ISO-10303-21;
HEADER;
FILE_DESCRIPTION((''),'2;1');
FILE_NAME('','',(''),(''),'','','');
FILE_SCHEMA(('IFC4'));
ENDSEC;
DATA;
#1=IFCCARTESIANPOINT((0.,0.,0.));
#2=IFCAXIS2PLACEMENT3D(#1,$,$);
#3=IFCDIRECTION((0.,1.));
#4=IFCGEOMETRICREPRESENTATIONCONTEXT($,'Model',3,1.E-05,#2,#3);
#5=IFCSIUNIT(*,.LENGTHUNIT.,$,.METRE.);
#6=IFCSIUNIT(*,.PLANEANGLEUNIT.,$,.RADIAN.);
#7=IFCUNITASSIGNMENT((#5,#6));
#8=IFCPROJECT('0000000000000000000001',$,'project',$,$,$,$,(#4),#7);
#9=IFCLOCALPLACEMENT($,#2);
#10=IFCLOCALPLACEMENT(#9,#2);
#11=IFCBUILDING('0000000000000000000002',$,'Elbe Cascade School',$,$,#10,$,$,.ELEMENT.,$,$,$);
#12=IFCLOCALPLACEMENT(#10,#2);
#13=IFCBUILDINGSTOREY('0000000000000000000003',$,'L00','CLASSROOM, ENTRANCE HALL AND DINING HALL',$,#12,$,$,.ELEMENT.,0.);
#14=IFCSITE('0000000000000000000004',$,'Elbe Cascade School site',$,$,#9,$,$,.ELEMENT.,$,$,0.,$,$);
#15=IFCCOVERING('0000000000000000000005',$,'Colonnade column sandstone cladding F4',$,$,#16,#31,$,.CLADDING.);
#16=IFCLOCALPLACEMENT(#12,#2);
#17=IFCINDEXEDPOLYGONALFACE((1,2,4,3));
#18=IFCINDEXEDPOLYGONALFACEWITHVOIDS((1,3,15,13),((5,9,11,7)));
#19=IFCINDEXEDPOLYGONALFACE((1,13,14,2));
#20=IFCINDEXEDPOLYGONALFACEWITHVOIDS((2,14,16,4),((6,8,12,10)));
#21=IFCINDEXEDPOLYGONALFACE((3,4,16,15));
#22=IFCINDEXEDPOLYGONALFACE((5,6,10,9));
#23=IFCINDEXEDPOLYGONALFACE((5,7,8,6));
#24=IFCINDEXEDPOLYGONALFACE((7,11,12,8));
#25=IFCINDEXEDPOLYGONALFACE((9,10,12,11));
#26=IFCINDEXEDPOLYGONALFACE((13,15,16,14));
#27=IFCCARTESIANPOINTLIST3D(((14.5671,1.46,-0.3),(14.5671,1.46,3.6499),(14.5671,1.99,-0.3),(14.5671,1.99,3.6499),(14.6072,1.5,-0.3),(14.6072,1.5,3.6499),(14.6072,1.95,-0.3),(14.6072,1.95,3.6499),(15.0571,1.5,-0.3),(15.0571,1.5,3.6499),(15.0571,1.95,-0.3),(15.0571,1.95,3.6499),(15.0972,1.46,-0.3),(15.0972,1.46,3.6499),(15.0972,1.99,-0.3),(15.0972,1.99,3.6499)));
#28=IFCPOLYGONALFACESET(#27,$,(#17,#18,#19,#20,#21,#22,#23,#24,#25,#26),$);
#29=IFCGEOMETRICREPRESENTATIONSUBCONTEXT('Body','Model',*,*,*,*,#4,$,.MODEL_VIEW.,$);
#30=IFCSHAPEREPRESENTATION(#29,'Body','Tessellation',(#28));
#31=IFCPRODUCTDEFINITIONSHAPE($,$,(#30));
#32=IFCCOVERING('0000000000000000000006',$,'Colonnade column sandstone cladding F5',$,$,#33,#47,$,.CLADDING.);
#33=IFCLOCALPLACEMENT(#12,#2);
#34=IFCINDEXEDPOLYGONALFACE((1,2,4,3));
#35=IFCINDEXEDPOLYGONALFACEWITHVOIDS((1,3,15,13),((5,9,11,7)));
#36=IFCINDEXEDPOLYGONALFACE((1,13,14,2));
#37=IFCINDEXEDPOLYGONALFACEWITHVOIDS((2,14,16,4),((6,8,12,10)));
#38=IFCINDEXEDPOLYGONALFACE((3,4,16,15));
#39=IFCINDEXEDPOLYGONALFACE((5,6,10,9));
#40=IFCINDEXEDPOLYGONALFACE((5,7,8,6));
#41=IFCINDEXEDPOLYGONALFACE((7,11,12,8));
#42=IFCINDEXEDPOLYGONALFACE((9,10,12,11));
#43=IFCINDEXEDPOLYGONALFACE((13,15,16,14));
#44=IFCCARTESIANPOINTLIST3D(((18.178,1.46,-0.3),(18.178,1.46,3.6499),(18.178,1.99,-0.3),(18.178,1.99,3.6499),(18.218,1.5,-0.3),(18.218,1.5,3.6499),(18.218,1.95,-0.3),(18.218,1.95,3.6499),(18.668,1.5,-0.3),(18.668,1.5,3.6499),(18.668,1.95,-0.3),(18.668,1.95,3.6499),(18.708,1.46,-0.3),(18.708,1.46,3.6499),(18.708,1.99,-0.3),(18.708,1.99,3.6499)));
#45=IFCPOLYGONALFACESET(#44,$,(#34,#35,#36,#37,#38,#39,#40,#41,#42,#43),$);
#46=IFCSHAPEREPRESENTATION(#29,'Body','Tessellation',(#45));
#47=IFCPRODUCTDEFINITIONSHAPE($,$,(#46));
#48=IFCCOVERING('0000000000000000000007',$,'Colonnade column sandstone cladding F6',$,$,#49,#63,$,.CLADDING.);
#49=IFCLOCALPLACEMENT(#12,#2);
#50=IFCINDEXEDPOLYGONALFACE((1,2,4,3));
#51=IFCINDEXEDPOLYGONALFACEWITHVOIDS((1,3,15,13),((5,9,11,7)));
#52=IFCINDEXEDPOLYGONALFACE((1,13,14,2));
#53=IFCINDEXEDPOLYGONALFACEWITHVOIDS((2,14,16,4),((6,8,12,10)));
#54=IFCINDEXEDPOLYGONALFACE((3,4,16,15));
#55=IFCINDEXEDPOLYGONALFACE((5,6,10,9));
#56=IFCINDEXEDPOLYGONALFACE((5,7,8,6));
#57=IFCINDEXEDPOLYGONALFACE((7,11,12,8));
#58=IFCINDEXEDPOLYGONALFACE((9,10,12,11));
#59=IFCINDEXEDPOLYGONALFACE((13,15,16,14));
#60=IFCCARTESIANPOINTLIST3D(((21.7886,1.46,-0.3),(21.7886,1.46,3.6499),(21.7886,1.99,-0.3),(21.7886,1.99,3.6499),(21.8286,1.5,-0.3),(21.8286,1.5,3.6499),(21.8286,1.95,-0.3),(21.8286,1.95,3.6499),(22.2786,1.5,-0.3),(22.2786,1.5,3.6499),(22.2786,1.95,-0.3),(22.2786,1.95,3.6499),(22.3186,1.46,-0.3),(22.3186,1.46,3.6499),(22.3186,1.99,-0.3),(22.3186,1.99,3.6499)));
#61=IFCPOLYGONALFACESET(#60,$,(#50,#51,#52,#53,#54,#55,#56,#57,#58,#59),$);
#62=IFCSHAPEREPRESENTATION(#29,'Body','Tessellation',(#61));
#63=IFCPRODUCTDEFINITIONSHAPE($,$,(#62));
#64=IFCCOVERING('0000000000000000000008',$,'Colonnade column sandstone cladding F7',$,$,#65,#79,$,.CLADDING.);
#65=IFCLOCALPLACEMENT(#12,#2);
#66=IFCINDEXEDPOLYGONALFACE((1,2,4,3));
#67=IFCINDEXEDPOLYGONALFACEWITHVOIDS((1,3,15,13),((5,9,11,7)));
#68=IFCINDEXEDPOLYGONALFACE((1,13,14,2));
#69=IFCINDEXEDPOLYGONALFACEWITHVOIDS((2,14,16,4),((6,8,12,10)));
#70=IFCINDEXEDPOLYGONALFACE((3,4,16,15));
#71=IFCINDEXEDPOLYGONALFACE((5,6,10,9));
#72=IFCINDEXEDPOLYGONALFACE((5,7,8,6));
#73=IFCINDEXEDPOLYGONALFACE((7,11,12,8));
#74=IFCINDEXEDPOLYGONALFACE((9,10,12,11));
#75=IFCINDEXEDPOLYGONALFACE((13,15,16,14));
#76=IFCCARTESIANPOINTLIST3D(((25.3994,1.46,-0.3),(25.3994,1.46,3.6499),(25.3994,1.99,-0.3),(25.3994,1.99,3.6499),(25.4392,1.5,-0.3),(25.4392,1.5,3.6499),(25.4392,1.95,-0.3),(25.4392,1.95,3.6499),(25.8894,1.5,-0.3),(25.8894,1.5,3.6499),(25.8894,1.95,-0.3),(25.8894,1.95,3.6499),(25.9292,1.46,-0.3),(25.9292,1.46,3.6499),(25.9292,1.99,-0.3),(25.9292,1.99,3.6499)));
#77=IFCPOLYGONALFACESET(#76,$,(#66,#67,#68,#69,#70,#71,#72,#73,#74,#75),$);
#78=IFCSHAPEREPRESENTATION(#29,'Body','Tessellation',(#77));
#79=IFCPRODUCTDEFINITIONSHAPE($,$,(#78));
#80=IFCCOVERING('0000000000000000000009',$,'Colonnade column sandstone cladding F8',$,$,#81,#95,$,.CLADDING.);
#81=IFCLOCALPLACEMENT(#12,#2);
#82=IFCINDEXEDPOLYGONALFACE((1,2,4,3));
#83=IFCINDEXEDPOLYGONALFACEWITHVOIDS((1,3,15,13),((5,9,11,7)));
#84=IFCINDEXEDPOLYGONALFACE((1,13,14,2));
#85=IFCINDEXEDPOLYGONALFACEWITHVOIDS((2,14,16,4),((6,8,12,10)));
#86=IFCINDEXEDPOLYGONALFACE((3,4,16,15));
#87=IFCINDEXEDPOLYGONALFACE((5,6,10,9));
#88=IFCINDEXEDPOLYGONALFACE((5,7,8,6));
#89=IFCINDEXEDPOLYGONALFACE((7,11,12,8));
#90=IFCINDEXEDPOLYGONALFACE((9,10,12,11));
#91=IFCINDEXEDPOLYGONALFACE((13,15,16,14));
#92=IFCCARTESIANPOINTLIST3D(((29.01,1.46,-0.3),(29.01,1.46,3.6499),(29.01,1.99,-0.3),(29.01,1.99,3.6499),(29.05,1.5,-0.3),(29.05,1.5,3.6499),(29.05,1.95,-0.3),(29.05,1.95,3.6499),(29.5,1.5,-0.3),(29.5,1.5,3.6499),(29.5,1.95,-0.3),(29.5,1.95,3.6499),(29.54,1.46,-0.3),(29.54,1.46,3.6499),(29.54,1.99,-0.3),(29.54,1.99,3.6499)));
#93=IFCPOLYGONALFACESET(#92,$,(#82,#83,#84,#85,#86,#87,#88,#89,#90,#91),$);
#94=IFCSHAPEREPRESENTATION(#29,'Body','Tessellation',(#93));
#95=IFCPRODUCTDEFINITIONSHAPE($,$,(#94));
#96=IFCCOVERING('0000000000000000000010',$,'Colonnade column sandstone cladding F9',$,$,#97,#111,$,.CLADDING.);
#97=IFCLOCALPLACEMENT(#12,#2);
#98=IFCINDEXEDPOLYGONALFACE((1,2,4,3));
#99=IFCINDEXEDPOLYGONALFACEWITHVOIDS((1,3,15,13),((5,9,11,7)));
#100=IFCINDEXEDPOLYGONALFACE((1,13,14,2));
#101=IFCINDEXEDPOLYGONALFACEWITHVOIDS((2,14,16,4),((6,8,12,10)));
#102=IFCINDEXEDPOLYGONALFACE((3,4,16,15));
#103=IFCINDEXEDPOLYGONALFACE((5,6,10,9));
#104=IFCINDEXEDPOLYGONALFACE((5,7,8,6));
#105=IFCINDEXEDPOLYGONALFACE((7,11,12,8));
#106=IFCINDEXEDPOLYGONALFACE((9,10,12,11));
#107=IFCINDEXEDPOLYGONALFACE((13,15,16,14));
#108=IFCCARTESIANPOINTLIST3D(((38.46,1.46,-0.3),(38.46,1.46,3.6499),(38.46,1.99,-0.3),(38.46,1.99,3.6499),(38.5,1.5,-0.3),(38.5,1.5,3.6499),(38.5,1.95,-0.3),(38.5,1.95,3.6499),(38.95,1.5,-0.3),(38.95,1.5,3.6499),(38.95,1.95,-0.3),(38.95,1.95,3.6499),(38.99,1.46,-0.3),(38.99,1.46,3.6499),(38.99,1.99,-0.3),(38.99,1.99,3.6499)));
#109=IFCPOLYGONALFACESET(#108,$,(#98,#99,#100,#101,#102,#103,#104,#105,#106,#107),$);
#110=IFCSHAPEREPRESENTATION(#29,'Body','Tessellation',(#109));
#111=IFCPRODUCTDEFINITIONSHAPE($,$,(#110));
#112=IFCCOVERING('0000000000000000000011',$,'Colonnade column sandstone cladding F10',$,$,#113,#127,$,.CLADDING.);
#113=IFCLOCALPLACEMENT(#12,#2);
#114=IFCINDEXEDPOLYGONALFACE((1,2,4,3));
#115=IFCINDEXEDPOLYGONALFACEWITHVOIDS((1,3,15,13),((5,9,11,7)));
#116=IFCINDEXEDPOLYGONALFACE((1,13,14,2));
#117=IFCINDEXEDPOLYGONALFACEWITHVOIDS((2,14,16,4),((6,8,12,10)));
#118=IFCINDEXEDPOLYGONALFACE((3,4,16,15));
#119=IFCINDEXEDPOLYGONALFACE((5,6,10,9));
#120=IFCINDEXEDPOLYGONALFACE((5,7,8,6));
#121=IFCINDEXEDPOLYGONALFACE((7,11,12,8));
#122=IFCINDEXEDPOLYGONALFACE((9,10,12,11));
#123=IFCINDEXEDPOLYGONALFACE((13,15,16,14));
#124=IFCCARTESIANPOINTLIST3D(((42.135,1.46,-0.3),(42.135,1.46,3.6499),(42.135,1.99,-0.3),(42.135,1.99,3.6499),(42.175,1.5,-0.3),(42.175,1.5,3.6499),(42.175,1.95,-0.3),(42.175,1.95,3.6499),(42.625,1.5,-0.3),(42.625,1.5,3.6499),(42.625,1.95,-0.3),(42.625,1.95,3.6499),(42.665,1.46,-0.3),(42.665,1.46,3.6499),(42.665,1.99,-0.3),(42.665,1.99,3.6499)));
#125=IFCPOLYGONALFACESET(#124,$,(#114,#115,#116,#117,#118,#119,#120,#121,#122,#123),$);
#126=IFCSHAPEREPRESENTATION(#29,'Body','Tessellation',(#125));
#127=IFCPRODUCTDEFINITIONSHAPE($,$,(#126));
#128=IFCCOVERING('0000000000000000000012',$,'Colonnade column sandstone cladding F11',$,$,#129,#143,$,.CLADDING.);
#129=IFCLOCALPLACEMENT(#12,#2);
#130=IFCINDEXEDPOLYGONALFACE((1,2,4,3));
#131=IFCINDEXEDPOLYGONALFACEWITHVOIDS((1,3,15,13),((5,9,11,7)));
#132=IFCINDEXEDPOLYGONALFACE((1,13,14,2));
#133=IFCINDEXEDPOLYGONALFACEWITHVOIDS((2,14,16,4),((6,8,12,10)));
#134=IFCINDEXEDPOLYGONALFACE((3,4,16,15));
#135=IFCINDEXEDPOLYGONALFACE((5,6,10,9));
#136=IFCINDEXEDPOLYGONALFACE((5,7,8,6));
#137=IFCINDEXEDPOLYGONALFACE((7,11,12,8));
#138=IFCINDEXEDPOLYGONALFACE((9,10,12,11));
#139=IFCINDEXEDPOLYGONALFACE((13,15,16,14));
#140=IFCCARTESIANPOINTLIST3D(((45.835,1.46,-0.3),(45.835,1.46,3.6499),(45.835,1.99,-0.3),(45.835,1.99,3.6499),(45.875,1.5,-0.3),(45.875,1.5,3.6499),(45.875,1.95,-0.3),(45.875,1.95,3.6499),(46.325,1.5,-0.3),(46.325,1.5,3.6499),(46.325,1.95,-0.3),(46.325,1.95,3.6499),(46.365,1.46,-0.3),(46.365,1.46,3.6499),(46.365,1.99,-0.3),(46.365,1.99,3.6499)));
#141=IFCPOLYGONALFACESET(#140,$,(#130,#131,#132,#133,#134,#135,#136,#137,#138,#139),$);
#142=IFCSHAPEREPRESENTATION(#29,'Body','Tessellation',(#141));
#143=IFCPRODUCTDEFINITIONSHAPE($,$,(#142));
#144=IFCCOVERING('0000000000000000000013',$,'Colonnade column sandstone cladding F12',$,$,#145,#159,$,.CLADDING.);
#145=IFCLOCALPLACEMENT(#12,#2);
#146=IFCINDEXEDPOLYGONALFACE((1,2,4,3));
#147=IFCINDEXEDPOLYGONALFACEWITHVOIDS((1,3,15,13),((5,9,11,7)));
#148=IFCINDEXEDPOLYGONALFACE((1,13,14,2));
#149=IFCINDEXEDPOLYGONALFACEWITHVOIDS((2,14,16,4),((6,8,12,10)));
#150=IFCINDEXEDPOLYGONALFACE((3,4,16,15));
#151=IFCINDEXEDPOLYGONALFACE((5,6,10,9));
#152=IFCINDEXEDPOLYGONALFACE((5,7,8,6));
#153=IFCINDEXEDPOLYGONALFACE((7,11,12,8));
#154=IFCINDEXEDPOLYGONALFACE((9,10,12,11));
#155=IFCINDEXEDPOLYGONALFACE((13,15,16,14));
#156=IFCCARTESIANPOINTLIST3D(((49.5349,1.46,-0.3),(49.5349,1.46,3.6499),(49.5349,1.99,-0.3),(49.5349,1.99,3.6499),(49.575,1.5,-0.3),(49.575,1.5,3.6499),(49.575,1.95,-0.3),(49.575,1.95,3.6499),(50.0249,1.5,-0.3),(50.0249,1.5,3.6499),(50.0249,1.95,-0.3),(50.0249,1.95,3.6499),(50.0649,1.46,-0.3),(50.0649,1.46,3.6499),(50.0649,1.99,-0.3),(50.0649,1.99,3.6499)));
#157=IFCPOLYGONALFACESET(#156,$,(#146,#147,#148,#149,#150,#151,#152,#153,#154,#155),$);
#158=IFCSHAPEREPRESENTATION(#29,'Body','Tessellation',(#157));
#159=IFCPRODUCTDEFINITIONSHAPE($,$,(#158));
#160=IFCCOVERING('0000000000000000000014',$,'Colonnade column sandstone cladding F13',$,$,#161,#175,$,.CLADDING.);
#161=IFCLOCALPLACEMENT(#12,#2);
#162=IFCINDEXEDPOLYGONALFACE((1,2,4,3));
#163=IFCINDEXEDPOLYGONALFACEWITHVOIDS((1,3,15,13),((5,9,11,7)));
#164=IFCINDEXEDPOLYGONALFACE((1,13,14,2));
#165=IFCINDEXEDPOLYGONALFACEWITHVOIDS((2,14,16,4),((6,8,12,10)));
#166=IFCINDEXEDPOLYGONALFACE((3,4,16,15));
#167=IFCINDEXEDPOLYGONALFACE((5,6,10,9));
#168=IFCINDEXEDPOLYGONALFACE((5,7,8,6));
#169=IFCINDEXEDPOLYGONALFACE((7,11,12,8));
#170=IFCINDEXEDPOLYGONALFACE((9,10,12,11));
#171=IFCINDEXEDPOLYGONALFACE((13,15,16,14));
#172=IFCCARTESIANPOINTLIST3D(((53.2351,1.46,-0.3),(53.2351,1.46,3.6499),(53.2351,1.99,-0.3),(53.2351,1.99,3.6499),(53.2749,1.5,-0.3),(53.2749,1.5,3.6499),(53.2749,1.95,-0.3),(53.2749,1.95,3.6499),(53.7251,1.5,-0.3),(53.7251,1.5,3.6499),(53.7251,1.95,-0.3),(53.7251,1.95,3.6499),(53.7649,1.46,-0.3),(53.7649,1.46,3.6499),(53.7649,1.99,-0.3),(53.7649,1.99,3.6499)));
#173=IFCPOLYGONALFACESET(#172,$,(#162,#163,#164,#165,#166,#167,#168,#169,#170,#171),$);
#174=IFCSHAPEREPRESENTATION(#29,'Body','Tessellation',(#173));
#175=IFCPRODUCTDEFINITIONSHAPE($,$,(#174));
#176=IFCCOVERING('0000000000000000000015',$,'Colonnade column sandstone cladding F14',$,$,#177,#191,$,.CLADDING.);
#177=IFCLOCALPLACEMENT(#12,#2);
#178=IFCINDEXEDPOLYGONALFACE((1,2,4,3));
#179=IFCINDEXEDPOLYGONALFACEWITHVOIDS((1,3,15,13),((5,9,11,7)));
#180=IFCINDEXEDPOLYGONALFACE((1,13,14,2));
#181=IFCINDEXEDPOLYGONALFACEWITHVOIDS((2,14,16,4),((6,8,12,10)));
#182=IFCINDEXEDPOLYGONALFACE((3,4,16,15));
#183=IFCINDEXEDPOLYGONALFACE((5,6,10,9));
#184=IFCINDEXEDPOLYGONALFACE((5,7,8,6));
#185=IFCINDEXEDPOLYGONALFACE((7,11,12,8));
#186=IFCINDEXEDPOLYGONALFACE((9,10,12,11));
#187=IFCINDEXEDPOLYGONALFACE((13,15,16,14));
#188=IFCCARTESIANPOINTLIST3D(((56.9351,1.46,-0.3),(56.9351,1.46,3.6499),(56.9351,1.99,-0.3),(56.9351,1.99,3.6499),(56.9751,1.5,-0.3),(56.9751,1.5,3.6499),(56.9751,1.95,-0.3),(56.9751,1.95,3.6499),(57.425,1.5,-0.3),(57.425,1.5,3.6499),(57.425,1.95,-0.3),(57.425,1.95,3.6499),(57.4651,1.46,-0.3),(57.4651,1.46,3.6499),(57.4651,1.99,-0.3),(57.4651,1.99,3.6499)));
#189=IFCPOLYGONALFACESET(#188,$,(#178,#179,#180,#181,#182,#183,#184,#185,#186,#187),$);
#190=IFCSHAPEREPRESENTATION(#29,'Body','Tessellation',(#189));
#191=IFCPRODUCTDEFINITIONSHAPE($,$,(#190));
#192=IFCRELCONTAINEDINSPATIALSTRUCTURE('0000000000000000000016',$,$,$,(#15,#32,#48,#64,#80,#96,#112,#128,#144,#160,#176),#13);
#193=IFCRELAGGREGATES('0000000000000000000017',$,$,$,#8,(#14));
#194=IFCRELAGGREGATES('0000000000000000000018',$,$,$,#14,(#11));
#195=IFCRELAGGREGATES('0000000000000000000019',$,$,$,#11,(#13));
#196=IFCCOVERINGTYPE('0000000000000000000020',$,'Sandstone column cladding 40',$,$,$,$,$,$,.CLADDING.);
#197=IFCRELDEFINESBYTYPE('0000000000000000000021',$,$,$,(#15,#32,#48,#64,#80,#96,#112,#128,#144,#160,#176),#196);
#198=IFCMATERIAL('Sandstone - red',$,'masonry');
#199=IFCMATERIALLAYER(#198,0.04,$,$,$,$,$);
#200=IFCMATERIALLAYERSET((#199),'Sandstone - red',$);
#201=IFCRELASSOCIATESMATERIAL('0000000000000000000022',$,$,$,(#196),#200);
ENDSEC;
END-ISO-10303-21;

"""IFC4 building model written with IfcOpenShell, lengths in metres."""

from ifc_helpers import new_model, si_unit, direction, frame, origin, place, context, subcontext, project, spatial, polyline, outline, extrude, material, layer, layer_set, type_object, element, save


model = new_model("IFC4")

# Units and contexts
model_context = context("Model", 3, precision=1e-05, world=origin(), true_north=direction((0.0, 1.0)))
body_context = subcontext(model_context, "Body", "Model", "MODEL_VIEW")
ifc_project = project(units=[si_unit("LENGTHUNIT", "METRE"), si_unit("PLANEANGLEUNIT", "RADIAN")], contexts=[model_context])

# Site, building, storey
site_placement = place(None, origin())
site = spatial("IfcSite", under=ifc_project, at=site_placement, Name="Elbe Cascade School site", CompositionType="ELEMENT", RefElevation=0.0)
building_placement = place(site_placement, origin())
building = spatial("IfcBuilding", under=site, at=building_placement, Name="Elbe Cascade School", CompositionType="ELEMENT")
storey_placement = place(building_placement, origin())
storey = spatial("IfcBuildingStorey", under=building, at=storey_placement, Name="L00", Description="CLASSROOM, ENTRANCE HALL AND DINING HALL", CompositionType="ELEMENT", Elevation=0.0)

# Coverings
ifc_material_1 = material(Name="Sandstone - red", Category="masonry")
ifc_layer_1 = layer(ifc_material_1, 0.04)
ifc_layer_set_1 = layer_set([ifc_layer_1], Name="Sandstone - red")
covering_type = type_object("IfcCoveringType", Name="Sandstone column cladding 40", PredefinedType="CLADDING", material=ifc_layer_set_1)
covering_1_placement = place(storey_placement, frame((0.0, 0.0, -0.3)))
element("IfcCovering", 1, at=covering_1_placement, inside=storey, type_object=covering_type, Name="Colonnade column sandstone cladding F4", PredefinedType="CLADDING", context=body_context, shape_type="SweptSolid", body=[
    extrude(outline(polyline([(14.5671, 1.46), (15.0972, 1.46), (15.0972, 1.99), (14.5671, 1.99), (14.5671, 1.46)]), holes=[polyline([(14.6072, 1.95), (15.0571, 1.95), (15.0571, 1.5), (14.6072, 1.5), (14.6072, 1.95)])]), origin(), (0.0, 0.0, 1.0), 3.95),
])
covering_2_placement = place(storey_placement, frame((0.0, 0.0, -0.3)))
element("IfcCovering", 2, at=covering_2_placement, inside=storey, type_object=covering_type, Name="Colonnade column sandstone cladding F5", PredefinedType="CLADDING", context=body_context, shape_type="SweptSolid", body=[
    extrude(outline(polyline([(18.178, 1.46), (18.708, 1.46), (18.708, 1.99), (18.178, 1.99), (18.178, 1.46)]), holes=[polyline([(18.218, 1.95), (18.668, 1.95), (18.668, 1.5), (18.218, 1.5), (18.218, 1.95)])]), origin(), (0.0, 0.0, 1.0), 3.95),
])
covering_3_placement = place(storey_placement, frame((0.0, 0.0, -0.3)))
element("IfcCovering", 3, at=covering_3_placement, inside=storey, type_object=covering_type, Name="Colonnade column sandstone cladding F6", PredefinedType="CLADDING", context=body_context, shape_type="SweptSolid", body=[
    extrude(outline(polyline([(21.7886, 1.46), (22.3186, 1.46), (22.3186, 1.99), (21.7886, 1.99), (21.7886, 1.46)]), holes=[polyline([(21.8286, 1.95), (22.2786, 1.95), (22.2786, 1.5), (21.8286, 1.5), (21.8286, 1.95)])]), origin(), (0.0, 0.0, 1.0), 3.95),
])
covering_4_placement = place(storey_placement, frame((0.0, 0.0, -0.3)))
element("IfcCovering", 4, at=covering_4_placement, inside=storey, type_object=covering_type, Name="Colonnade column sandstone cladding F7", PredefinedType="CLADDING", context=body_context, shape_type="SweptSolid", body=[
    extrude(outline(polyline([(25.3994, 1.46), (25.9292, 1.46), (25.9292, 1.99), (25.3994, 1.99), (25.3994, 1.46)]), holes=[polyline([(25.4392, 1.95), (25.8894, 1.95), (25.8894, 1.5), (25.4392, 1.5), (25.4392, 1.95)])]), origin(), (0.0, 0.0, 1.0), 3.95),
])
covering_5_placement = place(storey_placement, frame((0.0, 0.0, -0.3)))
element("IfcCovering", 5, at=covering_5_placement, inside=storey, type_object=covering_type, Name="Colonnade column sandstone cladding F8", PredefinedType="CLADDING", context=body_context, shape_type="SweptSolid", body=[
    extrude(outline(polyline([(29.01, 1.46), (29.54, 1.46), (29.54, 1.99), (29.01, 1.99), (29.01, 1.46)]), holes=[polyline([(29.05, 1.95), (29.5, 1.95), (29.5, 1.5), (29.05, 1.5), (29.05, 1.95)])]), origin(), (0.0, 0.0, 1.0), 3.95),
])
covering_6_placement = place(storey_placement, frame((0.0, 0.0, -0.3)))
element("IfcCovering", 6, at=covering_6_placement, inside=storey, type_object=covering_type, Name="Colonnade column sandstone cladding F9", PredefinedType="CLADDING", context=body_context, shape_type="SweptSolid", body=[
    extrude(outline(polyline([(38.46, 1.46), (38.99, 1.46), (38.99, 1.99), (38.46, 1.99), (38.46, 1.46)]), holes=[polyline([(38.5, 1.95), (38.95, 1.95), (38.95, 1.5), (38.5, 1.5), (38.5, 1.95)])]), origin(), (0.0, 0.0, 1.0), 3.95),
])
covering_7_placement = place(storey_placement, frame((0.0, 0.0, -0.3)))
element("IfcCovering", 7, at=covering_7_placement, inside=storey, type_object=covering_type, Name="Colonnade column sandstone cladding F10", PredefinedType="CLADDING", context=body_context, shape_type="SweptSolid", body=[
    extrude(outline(polyline([(42.135, 1.46), (42.665, 1.46), (42.665, 1.99), (42.135, 1.99), (42.135, 1.46)]), holes=[polyline([(42.175, 1.95), (42.625, 1.95), (42.625, 1.5), (42.175, 1.5), (42.175, 1.95)])]), origin(), (0.0, 0.0, 1.0), 3.95),
])
covering_8_placement = place(storey_placement, frame((0.0, 0.0, -0.3)))
element("IfcCovering", 8, at=covering_8_placement, inside=storey, type_object=covering_type, Name="Colonnade column sandstone cladding F11", PredefinedType="CLADDING", context=body_context, shape_type="SweptSolid", body=[
    extrude(outline(polyline([(45.835, 1.46), (46.365, 1.46), (46.365, 1.99), (45.835, 1.99), (45.835, 1.46)]), holes=[polyline([(45.875, 1.95), (46.325, 1.95), (46.325, 1.5), (45.875, 1.5), (45.875, 1.95)])]), origin(), (0.0, 0.0, 1.0), 3.95),
])
covering_9_placement = place(storey_placement, frame((0.0, 0.0, -0.3)))
element("IfcCovering", 9, at=covering_9_placement, inside=storey, type_object=covering_type, Name="Colonnade column sandstone cladding F12", PredefinedType="CLADDING", context=body_context, shape_type="SweptSolid", body=[
    extrude(outline(polyline([(49.5349, 1.46), (50.0649, 1.46), (50.0649, 1.99), (49.5349, 1.99), (49.5349, 1.46)]), holes=[polyline([(49.575, 1.95), (50.0249, 1.95), (50.0249, 1.5), (49.575, 1.5), (49.575, 1.95)])]), origin(), (0.0, 0.0, 1.0), 3.95),
])
covering_10_placement = place(storey_placement, frame((0.0, 0.0, -0.3)))
element("IfcCovering", 10, at=covering_10_placement, inside=storey, type_object=covering_type, Name="Colonnade column sandstone cladding F13", PredefinedType="CLADDING", context=body_context, shape_type="SweptSolid", body=[
    extrude(outline(polyline([(53.2351, 1.46), (53.7649, 1.46), (53.7649, 1.99), (53.2351, 1.99), (53.2351, 1.46)]), holes=[polyline([(53.2749, 1.95), (53.7251, 1.95), (53.7251, 1.5), (53.2749, 1.5), (53.2749, 1.95)])]), origin(), (0.0, 0.0, 1.0), 3.95),
])
covering_11_placement = place(storey_placement, frame((0.0, 0.0, -0.3)))
element("IfcCovering", 11, at=covering_11_placement, inside=storey, type_object=covering_type, Name="Colonnade column sandstone cladding F14", PredefinedType="CLADDING", context=body_context, shape_type="SweptSolid", body=[
    extrude(outline(polyline([(56.9351, 1.46), (57.4651, 1.46), (57.4651, 1.99), (56.9351, 1.99), (56.9351, 1.46)]), holes=[polyline([(56.9751, 1.95), (57.425, 1.95), (57.425, 1.5), (56.9751, 1.5), (56.9751, 1.95)])]), origin(), (0.0, 0.0, 1.0), 3.95),
])

save(model, "model.ifc")
